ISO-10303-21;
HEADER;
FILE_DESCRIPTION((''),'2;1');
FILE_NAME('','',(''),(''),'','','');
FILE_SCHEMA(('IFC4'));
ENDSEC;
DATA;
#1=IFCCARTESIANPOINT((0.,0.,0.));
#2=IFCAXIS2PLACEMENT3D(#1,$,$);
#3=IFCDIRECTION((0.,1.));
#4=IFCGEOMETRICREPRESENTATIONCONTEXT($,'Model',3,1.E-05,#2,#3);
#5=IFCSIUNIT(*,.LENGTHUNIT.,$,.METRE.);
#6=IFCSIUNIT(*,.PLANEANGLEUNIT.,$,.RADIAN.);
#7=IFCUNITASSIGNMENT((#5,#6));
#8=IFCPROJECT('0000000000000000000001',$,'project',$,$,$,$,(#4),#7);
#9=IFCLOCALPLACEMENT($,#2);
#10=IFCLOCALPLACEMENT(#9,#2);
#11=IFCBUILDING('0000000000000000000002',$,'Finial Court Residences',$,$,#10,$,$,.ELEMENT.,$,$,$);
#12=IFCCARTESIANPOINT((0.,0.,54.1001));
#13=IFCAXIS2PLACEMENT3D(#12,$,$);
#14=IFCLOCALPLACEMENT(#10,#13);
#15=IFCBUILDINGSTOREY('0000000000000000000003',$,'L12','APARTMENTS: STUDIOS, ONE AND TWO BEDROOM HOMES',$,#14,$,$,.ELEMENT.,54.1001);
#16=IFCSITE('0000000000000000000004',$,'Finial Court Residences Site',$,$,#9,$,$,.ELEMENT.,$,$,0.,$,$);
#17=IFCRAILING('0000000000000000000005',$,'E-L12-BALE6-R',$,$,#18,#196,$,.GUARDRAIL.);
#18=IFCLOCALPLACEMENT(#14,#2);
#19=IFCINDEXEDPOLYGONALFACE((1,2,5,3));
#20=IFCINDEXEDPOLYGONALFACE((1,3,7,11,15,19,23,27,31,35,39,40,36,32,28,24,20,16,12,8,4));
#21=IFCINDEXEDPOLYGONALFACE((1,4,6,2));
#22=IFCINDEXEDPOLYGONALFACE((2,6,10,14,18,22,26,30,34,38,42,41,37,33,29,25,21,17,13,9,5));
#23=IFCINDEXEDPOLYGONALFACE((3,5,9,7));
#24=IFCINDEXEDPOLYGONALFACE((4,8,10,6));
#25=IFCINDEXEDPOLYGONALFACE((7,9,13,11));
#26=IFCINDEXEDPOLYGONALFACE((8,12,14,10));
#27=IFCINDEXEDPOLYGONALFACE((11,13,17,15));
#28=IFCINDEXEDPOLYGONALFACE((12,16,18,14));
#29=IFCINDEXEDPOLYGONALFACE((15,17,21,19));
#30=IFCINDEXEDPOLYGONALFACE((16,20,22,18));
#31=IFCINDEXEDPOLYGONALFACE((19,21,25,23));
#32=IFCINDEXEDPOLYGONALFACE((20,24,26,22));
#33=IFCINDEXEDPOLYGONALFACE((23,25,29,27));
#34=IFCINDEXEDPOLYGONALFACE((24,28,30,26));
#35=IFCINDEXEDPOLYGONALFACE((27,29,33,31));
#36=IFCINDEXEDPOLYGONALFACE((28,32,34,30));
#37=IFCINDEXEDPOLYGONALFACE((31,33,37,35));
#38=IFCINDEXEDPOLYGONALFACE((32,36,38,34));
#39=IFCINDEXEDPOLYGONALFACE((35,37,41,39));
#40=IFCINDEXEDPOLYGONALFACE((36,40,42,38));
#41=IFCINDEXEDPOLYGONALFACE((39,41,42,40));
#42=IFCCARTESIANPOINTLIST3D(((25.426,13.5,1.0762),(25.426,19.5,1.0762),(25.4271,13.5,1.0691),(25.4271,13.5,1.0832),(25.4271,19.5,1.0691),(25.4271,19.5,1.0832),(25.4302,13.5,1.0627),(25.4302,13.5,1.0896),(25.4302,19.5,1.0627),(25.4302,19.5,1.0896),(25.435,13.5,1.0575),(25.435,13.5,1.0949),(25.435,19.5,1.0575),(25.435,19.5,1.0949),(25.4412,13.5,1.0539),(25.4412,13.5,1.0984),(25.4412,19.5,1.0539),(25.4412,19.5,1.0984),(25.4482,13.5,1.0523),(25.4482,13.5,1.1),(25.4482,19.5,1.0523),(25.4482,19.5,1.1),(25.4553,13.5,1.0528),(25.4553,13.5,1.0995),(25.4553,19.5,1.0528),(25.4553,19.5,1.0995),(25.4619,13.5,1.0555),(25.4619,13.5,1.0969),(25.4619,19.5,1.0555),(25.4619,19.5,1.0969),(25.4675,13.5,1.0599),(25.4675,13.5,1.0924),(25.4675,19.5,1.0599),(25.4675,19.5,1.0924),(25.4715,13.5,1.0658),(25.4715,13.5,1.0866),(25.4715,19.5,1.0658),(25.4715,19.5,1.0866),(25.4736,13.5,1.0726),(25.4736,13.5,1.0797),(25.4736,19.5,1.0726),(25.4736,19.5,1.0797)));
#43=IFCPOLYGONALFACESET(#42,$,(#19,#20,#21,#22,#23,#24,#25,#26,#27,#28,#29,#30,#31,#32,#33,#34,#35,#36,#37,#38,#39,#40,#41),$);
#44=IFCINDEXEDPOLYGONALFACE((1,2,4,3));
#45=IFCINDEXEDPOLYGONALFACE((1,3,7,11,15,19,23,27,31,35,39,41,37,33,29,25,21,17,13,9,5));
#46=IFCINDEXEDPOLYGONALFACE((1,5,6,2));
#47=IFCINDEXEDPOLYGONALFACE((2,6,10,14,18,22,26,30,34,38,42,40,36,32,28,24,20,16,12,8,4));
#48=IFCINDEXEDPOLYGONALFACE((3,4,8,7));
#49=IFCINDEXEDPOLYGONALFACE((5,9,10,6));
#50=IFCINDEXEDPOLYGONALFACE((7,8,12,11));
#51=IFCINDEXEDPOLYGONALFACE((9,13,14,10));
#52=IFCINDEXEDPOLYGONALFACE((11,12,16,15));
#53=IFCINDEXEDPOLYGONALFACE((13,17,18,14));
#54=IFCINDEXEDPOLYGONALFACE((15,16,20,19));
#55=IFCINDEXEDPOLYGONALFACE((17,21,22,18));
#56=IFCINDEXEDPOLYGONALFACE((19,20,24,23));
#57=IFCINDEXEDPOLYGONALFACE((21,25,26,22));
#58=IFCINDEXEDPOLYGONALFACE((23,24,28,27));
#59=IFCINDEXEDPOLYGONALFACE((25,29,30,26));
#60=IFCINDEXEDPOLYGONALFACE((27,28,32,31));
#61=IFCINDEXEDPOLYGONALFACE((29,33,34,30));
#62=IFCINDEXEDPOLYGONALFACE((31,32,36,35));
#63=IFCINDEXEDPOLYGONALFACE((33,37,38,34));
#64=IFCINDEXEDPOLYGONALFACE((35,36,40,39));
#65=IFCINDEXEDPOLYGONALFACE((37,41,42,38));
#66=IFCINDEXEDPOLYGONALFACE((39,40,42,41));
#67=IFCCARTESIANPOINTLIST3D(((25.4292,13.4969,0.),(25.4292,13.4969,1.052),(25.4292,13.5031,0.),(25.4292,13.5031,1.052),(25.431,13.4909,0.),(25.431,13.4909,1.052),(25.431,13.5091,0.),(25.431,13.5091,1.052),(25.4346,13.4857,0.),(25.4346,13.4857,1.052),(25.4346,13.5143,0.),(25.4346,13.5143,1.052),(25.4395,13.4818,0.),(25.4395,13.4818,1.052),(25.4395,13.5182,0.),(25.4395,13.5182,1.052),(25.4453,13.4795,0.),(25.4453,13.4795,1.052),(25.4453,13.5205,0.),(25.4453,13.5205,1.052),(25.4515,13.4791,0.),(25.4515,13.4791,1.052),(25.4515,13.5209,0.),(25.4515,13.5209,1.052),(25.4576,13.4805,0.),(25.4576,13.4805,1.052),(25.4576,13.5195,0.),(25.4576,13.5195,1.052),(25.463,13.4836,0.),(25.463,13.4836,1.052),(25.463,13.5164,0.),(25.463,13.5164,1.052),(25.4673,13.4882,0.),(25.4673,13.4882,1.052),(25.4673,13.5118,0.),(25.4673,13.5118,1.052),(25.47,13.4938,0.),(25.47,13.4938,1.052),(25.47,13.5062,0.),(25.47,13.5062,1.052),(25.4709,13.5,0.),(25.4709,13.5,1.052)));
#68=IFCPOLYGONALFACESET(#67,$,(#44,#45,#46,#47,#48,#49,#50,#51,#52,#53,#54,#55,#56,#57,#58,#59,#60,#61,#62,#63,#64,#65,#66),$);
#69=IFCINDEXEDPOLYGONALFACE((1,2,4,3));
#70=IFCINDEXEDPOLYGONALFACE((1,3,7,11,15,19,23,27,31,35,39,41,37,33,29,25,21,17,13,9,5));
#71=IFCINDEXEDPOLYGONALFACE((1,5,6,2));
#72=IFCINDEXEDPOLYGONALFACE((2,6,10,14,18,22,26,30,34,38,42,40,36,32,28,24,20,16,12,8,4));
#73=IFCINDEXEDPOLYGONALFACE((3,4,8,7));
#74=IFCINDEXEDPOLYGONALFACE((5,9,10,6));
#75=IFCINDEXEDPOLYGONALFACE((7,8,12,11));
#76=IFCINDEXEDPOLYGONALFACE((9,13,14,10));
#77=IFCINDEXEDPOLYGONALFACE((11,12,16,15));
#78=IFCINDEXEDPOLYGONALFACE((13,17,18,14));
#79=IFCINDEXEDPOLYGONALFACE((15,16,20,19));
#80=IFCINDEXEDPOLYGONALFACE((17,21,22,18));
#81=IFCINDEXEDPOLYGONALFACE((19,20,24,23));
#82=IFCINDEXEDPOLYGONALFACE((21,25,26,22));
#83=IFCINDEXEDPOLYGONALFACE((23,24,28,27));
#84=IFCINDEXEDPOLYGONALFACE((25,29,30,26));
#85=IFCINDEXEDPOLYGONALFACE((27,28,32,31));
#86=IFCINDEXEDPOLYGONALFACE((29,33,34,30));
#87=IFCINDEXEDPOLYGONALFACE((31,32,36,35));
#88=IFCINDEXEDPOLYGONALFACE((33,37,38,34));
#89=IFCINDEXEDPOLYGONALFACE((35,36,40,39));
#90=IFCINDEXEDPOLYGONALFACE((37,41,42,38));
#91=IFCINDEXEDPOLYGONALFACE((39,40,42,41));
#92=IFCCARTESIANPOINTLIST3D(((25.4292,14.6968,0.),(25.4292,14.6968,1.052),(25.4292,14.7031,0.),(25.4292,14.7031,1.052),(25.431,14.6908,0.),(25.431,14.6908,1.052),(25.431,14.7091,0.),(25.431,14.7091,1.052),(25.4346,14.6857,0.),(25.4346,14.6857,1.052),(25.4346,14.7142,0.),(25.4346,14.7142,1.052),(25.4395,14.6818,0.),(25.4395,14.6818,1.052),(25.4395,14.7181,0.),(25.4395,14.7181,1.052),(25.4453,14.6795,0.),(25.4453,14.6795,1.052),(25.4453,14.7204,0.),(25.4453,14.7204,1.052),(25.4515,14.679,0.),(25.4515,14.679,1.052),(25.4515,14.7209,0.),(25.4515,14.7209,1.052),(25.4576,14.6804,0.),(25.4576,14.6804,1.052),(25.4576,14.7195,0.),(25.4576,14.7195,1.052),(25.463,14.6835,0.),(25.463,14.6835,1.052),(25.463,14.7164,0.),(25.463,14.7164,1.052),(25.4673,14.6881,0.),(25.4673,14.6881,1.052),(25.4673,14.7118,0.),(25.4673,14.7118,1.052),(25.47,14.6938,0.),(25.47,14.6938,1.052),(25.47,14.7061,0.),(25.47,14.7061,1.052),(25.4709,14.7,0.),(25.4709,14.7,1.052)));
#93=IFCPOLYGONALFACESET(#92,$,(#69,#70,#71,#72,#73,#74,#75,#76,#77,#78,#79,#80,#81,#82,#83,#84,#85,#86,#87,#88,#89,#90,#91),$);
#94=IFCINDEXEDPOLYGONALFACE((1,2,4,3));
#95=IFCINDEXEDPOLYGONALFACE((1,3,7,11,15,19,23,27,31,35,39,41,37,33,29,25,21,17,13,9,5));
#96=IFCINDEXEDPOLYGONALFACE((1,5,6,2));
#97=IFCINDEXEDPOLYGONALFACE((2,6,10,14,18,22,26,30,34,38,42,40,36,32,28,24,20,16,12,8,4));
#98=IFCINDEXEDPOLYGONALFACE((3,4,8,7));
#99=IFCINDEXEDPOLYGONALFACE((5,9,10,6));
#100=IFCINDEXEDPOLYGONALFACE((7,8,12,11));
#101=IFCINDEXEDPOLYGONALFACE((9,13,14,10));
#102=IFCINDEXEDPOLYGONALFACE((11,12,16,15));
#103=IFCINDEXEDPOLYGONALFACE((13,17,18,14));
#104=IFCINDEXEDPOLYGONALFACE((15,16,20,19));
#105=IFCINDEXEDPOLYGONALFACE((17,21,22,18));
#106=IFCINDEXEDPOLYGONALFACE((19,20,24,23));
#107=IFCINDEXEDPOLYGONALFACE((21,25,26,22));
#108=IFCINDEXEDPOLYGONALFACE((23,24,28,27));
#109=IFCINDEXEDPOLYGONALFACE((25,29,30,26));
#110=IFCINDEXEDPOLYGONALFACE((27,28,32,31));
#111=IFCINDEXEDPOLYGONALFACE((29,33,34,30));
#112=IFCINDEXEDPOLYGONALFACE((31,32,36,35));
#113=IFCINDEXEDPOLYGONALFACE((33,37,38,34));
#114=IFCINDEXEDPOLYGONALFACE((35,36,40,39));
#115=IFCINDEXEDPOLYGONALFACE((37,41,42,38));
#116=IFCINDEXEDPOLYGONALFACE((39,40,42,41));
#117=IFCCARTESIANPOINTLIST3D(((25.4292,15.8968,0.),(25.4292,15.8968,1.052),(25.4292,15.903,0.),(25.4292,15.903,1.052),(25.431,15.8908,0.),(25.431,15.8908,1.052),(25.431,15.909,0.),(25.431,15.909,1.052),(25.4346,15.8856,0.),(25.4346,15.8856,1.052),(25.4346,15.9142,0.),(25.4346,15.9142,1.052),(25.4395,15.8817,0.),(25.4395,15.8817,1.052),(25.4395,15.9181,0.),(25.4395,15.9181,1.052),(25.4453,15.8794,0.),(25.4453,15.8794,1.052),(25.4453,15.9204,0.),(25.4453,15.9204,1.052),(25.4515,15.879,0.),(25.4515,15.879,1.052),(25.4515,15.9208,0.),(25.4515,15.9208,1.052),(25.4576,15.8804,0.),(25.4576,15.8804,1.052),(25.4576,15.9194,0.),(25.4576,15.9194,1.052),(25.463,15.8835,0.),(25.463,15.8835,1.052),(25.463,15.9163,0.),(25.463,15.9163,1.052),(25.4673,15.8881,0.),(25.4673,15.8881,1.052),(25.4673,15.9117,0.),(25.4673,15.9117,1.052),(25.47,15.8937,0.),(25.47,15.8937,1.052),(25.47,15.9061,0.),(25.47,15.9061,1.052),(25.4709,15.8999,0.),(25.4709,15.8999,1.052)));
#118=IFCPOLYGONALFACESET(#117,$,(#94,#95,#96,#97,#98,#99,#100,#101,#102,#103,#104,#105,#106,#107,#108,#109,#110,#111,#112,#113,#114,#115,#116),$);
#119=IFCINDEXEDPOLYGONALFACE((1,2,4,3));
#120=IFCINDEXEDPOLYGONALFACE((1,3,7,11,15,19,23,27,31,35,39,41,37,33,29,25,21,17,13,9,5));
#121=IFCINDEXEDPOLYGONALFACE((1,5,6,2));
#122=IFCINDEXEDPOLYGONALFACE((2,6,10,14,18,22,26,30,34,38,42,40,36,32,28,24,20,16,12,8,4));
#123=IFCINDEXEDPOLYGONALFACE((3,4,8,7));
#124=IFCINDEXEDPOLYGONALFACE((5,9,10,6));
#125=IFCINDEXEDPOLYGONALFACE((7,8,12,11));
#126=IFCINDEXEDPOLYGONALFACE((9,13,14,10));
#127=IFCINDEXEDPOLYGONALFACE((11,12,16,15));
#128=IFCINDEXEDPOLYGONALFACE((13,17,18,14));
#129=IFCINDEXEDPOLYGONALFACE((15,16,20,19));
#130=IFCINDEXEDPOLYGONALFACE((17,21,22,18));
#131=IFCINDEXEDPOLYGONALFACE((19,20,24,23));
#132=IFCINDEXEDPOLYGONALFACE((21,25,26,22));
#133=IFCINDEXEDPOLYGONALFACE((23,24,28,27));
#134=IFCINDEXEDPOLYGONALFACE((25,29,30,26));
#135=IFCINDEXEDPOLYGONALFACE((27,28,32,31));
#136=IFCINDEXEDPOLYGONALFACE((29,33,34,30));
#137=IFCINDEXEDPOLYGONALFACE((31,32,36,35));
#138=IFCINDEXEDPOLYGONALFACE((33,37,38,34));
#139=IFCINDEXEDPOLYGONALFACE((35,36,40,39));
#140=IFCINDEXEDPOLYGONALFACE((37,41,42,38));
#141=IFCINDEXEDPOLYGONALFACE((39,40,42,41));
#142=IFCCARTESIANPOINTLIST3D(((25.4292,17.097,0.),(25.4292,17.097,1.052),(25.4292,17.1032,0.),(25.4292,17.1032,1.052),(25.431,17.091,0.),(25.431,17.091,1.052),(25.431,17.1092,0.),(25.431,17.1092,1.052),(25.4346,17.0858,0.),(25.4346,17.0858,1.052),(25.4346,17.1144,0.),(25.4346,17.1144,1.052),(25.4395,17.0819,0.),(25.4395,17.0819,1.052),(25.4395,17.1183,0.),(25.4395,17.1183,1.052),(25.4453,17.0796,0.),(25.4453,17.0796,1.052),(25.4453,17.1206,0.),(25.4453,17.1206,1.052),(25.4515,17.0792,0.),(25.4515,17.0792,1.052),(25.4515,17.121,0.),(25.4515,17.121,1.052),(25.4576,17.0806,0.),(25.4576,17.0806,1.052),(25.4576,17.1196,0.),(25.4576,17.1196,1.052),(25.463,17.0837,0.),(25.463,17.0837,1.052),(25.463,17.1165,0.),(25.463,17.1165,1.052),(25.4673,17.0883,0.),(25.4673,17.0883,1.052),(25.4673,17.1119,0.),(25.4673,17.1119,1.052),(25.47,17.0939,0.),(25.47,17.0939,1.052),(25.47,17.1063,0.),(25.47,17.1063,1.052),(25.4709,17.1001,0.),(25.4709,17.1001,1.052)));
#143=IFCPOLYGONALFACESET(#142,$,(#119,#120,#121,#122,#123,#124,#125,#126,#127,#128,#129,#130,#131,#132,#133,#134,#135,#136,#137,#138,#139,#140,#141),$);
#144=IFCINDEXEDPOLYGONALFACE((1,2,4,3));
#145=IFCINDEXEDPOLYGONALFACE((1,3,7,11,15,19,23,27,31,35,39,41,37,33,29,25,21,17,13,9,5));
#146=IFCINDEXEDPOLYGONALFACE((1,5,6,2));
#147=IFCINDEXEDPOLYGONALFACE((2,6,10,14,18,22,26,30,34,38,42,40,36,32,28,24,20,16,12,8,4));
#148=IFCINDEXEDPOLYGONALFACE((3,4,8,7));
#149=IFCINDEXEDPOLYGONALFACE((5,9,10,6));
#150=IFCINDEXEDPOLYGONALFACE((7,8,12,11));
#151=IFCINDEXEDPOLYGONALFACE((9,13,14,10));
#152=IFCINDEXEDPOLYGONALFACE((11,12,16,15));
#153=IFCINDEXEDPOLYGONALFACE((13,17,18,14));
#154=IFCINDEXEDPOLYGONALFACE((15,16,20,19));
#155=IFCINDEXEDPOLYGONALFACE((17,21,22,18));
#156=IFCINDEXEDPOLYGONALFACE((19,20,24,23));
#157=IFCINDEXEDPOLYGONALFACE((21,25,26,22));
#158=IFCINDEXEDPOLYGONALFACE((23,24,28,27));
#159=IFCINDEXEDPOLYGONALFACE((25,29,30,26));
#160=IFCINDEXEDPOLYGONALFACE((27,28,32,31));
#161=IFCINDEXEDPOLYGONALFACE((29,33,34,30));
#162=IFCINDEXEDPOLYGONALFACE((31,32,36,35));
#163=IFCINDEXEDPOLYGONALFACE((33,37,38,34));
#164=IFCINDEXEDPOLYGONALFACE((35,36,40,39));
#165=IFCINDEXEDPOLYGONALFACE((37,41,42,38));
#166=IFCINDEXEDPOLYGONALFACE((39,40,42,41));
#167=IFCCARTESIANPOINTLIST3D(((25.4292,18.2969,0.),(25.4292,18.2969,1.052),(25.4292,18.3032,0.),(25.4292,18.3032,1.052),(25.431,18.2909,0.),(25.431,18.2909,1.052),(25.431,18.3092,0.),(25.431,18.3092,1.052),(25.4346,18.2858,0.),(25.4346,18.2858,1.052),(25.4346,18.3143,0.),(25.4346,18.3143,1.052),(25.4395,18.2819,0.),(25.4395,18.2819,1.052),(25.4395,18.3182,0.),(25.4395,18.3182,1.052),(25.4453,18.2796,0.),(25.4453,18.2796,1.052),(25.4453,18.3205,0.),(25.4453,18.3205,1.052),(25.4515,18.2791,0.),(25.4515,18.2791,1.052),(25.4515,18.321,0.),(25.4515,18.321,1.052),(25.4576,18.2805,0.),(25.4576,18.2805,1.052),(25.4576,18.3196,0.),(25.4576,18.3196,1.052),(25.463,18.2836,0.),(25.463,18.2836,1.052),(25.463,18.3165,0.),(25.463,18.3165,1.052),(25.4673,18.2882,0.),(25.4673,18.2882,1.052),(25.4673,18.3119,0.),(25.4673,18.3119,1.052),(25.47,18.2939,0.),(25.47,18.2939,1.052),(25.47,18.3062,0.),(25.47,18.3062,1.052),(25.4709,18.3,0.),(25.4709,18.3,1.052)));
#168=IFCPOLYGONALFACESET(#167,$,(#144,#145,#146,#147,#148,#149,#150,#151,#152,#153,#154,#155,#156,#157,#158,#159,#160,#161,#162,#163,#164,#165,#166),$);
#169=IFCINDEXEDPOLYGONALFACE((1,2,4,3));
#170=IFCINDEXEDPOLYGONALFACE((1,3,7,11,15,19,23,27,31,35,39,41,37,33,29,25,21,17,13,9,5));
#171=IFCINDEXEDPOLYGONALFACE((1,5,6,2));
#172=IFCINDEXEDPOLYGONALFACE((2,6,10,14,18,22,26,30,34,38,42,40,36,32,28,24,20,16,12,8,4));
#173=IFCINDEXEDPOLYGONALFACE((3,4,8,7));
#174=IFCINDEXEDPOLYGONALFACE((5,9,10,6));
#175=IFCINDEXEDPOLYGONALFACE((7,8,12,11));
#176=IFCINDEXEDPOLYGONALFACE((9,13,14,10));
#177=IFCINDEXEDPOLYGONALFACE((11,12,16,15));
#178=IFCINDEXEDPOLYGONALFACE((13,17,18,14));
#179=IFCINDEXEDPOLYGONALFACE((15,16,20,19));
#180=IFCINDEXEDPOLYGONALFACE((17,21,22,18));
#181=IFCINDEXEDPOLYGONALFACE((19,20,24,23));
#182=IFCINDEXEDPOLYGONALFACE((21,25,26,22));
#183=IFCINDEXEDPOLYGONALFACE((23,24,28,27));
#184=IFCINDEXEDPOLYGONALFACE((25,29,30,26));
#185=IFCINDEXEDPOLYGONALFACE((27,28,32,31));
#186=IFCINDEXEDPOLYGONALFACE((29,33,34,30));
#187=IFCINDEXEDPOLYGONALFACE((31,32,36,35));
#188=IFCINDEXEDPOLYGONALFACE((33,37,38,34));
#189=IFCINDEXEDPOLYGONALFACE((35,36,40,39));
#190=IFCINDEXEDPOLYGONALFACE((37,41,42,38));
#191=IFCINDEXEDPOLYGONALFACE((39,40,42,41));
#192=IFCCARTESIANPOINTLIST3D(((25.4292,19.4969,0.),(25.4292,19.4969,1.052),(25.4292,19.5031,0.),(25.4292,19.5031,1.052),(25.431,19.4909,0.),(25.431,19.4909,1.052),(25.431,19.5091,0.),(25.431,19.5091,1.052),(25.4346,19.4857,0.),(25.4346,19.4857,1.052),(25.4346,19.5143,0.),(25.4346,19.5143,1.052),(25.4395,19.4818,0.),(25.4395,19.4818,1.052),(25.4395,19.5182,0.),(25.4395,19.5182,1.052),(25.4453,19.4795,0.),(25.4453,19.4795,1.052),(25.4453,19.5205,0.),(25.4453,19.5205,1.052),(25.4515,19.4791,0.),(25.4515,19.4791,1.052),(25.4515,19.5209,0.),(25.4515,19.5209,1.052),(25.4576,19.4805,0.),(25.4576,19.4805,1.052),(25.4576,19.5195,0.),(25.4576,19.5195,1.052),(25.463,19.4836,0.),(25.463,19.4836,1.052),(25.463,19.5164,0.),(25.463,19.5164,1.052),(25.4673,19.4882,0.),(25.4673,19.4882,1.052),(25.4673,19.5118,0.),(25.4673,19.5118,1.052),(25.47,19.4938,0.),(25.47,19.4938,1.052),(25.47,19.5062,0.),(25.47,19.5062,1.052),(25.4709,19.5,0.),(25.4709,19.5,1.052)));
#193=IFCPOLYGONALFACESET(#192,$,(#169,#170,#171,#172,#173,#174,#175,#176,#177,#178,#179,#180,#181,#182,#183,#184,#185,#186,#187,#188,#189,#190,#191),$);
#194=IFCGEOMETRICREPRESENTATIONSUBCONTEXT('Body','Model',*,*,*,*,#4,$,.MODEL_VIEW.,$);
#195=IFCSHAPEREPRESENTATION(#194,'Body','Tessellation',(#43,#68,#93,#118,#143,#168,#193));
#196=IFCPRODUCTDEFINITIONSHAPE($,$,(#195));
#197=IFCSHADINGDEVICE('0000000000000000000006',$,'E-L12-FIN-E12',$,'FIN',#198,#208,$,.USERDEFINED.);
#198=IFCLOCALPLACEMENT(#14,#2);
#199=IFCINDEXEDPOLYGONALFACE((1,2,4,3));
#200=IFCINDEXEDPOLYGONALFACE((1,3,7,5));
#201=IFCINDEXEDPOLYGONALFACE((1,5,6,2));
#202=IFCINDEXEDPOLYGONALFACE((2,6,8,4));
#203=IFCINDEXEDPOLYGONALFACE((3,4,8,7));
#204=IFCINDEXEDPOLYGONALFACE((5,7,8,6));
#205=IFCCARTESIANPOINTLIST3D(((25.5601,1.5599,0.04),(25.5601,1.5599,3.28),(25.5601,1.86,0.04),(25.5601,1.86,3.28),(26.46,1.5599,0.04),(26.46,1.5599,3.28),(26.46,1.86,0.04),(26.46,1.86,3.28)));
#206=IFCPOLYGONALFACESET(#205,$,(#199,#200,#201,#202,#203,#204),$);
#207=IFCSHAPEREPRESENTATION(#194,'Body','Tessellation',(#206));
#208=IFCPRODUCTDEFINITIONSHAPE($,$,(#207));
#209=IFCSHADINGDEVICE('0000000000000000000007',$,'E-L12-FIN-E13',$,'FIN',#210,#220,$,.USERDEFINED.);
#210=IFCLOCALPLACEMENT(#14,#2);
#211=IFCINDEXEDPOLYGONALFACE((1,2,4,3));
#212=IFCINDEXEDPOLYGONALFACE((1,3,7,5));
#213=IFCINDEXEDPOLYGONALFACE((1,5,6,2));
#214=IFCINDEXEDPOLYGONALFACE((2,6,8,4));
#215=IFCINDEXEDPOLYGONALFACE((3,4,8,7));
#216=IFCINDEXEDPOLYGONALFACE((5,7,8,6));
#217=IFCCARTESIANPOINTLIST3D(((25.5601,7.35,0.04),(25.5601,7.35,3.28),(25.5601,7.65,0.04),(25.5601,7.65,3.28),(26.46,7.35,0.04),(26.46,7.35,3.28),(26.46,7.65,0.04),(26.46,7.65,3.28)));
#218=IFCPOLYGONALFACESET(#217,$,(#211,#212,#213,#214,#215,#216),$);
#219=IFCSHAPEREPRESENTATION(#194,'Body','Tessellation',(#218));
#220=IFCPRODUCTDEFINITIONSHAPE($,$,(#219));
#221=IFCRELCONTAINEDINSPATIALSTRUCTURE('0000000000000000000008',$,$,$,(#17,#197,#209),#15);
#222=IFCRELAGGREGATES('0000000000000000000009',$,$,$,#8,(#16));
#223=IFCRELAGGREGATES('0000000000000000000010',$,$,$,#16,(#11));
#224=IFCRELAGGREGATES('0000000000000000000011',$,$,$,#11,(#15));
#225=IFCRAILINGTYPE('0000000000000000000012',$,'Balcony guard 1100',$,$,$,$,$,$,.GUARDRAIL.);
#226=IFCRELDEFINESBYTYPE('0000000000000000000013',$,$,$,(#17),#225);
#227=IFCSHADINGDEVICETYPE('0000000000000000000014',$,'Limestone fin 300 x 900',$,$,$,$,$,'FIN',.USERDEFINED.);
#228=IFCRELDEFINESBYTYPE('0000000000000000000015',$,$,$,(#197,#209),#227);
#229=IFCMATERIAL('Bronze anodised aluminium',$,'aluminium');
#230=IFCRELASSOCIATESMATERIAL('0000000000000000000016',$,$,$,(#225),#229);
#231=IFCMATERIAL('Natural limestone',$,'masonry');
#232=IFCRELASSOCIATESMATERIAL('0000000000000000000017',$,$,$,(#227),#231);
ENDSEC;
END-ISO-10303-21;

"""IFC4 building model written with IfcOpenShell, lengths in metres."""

from ifc_helpers import new_model, si_unit, direction, frame, origin, origin_2d, place, context, subcontext, project, spatial, rectangle, circle, extrude, material, type_object, element, save


model = new_model("IFC4")

# Units and contexts
model_context = context("Model", 3, precision=1e-05, world=origin(), true_north=direction((0.0, 1.0)))
body_context = subcontext(model_context, "Body", "Model", "MODEL_VIEW")
ifc_project = project(units=[si_unit("LENGTHUNIT", "METRE"), si_unit("PLANEANGLEUNIT", "RADIAN")], contexts=[model_context])

# Site, building, storey
site_placement = place(None, origin())
site = spatial("IfcSite", under=ifc_project, at=site_placement, Name="Finial Court Residences Site", CompositionType="ELEMENT", RefElevation=0.0)
building_placement = place(site_placement, origin())
building = spatial("IfcBuilding", under=site, at=building_placement, Name="Finial Court Residences", CompositionType="ELEMENT")
storey_placement = place(building_placement, frame((0.0, 0.0, 54.1001)))
storey = spatial("IfcBuildingStorey", under=building, at=storey_placement, Name="L12", Description="APARTMENTS: STUDIOS, ONE AND TWO BEDROOM HOMES", CompositionType="ELEMENT", Elevation=54.1001)

# Shared definitions
ifc_material_1 = material(Name="Bronze anodised aluminium", Category="aluminium")

# Shared definitions
ifc_material_2 = material(Name="Natural limestone", Category="masonry")

# Railing
railing_type = type_object("IfcRailingType", Name="Balcony guard 1100", PredefinedType="GUARDRAIL", material=ifc_material_1)
railing_placement = place(storey_placement, frame((25.45, 13.5, 0.0)))
element("IfcRailing", 1, at=railing_placement, inside=storey, type_object=railing_type, Name="E-L12-BALE6-R", PredefinedType="GUARDRAIL", context=body_context, shape_type="SweptSolid", body=[
    extrude(circle(Radius=0.0239, at=origin_2d()), frame((0.0, 0.0, 1.0762), z_axis=(0.0, 1.0, 0.0), x_axis=(-1.0, 0.0, 0.0)), (0.0, 0.0, 1.0), 6.0),
    extrude(circle(Radius=0.021, at=origin_2d()), origin(), (0.0, 0.0, 1.0), 1.052),
    extrude(circle(Radius=0.021, at=origin_2d()), frame((0.0, 1.2, 0.0)), (0.0, 0.0, 1.0), 1.052),
    extrude(circle(Radius=0.021, at=origin_2d()), frame((0.0, 2.3999, 0.0)), (0.0, 0.0, 1.0), 1.052),
    extrude(circle(Radius=0.021, at=origin_2d()), frame((0.0, 3.6001, 0.0)), (0.0, 0.0, 1.0), 1.052),
    extrude(circle(Radius=0.021, at=origin_2d()), frame((0.0, 4.8, 0.0)), (0.0, 0.0, 1.0), 1.052),
    extrude(circle(Radius=0.021, at=origin_2d()), frame((0.0, 6.0, 0.0)), (0.0, 0.0, 1.0), 1.052),
])

# Shading devices
shading_device_type = type_object("IfcShadingDeviceType", Name="Limestone fin 300 x 900", ElementType="FIN", PredefinedType="USERDEFINED", material=ifc_material_2)
for number, where, z_axis, x_axis, name in (
    (2, (26.01, 1.71, 0.04), (0.0, 0.0, 1.0), (1.0, 0.0, 0.0), "E-L12-FIN-E12"),
    (3, (26.01, 7.5, 0.04), (0.0, 0.0, 1.0), (1.0, 0.0, 0.0), "E-L12-FIN-E13"),
):
    element("IfcShadingDevice", number, at=place(storey_placement, frame(where, z_axis=z_axis, x_axis=x_axis)), inside=storey, type_object=shading_device_type, Name=name, ObjectType="FIN", PredefinedType="USERDEFINED", context=body_context, shape_type="SweptSolid", body=[
        extrude(rectangle(XDim=0.8999, YDim=0.3, at=origin_2d()), origin(), (0.0, 0.0, 1.0), 3.24),
    ])

save(model, "model.ifc")
